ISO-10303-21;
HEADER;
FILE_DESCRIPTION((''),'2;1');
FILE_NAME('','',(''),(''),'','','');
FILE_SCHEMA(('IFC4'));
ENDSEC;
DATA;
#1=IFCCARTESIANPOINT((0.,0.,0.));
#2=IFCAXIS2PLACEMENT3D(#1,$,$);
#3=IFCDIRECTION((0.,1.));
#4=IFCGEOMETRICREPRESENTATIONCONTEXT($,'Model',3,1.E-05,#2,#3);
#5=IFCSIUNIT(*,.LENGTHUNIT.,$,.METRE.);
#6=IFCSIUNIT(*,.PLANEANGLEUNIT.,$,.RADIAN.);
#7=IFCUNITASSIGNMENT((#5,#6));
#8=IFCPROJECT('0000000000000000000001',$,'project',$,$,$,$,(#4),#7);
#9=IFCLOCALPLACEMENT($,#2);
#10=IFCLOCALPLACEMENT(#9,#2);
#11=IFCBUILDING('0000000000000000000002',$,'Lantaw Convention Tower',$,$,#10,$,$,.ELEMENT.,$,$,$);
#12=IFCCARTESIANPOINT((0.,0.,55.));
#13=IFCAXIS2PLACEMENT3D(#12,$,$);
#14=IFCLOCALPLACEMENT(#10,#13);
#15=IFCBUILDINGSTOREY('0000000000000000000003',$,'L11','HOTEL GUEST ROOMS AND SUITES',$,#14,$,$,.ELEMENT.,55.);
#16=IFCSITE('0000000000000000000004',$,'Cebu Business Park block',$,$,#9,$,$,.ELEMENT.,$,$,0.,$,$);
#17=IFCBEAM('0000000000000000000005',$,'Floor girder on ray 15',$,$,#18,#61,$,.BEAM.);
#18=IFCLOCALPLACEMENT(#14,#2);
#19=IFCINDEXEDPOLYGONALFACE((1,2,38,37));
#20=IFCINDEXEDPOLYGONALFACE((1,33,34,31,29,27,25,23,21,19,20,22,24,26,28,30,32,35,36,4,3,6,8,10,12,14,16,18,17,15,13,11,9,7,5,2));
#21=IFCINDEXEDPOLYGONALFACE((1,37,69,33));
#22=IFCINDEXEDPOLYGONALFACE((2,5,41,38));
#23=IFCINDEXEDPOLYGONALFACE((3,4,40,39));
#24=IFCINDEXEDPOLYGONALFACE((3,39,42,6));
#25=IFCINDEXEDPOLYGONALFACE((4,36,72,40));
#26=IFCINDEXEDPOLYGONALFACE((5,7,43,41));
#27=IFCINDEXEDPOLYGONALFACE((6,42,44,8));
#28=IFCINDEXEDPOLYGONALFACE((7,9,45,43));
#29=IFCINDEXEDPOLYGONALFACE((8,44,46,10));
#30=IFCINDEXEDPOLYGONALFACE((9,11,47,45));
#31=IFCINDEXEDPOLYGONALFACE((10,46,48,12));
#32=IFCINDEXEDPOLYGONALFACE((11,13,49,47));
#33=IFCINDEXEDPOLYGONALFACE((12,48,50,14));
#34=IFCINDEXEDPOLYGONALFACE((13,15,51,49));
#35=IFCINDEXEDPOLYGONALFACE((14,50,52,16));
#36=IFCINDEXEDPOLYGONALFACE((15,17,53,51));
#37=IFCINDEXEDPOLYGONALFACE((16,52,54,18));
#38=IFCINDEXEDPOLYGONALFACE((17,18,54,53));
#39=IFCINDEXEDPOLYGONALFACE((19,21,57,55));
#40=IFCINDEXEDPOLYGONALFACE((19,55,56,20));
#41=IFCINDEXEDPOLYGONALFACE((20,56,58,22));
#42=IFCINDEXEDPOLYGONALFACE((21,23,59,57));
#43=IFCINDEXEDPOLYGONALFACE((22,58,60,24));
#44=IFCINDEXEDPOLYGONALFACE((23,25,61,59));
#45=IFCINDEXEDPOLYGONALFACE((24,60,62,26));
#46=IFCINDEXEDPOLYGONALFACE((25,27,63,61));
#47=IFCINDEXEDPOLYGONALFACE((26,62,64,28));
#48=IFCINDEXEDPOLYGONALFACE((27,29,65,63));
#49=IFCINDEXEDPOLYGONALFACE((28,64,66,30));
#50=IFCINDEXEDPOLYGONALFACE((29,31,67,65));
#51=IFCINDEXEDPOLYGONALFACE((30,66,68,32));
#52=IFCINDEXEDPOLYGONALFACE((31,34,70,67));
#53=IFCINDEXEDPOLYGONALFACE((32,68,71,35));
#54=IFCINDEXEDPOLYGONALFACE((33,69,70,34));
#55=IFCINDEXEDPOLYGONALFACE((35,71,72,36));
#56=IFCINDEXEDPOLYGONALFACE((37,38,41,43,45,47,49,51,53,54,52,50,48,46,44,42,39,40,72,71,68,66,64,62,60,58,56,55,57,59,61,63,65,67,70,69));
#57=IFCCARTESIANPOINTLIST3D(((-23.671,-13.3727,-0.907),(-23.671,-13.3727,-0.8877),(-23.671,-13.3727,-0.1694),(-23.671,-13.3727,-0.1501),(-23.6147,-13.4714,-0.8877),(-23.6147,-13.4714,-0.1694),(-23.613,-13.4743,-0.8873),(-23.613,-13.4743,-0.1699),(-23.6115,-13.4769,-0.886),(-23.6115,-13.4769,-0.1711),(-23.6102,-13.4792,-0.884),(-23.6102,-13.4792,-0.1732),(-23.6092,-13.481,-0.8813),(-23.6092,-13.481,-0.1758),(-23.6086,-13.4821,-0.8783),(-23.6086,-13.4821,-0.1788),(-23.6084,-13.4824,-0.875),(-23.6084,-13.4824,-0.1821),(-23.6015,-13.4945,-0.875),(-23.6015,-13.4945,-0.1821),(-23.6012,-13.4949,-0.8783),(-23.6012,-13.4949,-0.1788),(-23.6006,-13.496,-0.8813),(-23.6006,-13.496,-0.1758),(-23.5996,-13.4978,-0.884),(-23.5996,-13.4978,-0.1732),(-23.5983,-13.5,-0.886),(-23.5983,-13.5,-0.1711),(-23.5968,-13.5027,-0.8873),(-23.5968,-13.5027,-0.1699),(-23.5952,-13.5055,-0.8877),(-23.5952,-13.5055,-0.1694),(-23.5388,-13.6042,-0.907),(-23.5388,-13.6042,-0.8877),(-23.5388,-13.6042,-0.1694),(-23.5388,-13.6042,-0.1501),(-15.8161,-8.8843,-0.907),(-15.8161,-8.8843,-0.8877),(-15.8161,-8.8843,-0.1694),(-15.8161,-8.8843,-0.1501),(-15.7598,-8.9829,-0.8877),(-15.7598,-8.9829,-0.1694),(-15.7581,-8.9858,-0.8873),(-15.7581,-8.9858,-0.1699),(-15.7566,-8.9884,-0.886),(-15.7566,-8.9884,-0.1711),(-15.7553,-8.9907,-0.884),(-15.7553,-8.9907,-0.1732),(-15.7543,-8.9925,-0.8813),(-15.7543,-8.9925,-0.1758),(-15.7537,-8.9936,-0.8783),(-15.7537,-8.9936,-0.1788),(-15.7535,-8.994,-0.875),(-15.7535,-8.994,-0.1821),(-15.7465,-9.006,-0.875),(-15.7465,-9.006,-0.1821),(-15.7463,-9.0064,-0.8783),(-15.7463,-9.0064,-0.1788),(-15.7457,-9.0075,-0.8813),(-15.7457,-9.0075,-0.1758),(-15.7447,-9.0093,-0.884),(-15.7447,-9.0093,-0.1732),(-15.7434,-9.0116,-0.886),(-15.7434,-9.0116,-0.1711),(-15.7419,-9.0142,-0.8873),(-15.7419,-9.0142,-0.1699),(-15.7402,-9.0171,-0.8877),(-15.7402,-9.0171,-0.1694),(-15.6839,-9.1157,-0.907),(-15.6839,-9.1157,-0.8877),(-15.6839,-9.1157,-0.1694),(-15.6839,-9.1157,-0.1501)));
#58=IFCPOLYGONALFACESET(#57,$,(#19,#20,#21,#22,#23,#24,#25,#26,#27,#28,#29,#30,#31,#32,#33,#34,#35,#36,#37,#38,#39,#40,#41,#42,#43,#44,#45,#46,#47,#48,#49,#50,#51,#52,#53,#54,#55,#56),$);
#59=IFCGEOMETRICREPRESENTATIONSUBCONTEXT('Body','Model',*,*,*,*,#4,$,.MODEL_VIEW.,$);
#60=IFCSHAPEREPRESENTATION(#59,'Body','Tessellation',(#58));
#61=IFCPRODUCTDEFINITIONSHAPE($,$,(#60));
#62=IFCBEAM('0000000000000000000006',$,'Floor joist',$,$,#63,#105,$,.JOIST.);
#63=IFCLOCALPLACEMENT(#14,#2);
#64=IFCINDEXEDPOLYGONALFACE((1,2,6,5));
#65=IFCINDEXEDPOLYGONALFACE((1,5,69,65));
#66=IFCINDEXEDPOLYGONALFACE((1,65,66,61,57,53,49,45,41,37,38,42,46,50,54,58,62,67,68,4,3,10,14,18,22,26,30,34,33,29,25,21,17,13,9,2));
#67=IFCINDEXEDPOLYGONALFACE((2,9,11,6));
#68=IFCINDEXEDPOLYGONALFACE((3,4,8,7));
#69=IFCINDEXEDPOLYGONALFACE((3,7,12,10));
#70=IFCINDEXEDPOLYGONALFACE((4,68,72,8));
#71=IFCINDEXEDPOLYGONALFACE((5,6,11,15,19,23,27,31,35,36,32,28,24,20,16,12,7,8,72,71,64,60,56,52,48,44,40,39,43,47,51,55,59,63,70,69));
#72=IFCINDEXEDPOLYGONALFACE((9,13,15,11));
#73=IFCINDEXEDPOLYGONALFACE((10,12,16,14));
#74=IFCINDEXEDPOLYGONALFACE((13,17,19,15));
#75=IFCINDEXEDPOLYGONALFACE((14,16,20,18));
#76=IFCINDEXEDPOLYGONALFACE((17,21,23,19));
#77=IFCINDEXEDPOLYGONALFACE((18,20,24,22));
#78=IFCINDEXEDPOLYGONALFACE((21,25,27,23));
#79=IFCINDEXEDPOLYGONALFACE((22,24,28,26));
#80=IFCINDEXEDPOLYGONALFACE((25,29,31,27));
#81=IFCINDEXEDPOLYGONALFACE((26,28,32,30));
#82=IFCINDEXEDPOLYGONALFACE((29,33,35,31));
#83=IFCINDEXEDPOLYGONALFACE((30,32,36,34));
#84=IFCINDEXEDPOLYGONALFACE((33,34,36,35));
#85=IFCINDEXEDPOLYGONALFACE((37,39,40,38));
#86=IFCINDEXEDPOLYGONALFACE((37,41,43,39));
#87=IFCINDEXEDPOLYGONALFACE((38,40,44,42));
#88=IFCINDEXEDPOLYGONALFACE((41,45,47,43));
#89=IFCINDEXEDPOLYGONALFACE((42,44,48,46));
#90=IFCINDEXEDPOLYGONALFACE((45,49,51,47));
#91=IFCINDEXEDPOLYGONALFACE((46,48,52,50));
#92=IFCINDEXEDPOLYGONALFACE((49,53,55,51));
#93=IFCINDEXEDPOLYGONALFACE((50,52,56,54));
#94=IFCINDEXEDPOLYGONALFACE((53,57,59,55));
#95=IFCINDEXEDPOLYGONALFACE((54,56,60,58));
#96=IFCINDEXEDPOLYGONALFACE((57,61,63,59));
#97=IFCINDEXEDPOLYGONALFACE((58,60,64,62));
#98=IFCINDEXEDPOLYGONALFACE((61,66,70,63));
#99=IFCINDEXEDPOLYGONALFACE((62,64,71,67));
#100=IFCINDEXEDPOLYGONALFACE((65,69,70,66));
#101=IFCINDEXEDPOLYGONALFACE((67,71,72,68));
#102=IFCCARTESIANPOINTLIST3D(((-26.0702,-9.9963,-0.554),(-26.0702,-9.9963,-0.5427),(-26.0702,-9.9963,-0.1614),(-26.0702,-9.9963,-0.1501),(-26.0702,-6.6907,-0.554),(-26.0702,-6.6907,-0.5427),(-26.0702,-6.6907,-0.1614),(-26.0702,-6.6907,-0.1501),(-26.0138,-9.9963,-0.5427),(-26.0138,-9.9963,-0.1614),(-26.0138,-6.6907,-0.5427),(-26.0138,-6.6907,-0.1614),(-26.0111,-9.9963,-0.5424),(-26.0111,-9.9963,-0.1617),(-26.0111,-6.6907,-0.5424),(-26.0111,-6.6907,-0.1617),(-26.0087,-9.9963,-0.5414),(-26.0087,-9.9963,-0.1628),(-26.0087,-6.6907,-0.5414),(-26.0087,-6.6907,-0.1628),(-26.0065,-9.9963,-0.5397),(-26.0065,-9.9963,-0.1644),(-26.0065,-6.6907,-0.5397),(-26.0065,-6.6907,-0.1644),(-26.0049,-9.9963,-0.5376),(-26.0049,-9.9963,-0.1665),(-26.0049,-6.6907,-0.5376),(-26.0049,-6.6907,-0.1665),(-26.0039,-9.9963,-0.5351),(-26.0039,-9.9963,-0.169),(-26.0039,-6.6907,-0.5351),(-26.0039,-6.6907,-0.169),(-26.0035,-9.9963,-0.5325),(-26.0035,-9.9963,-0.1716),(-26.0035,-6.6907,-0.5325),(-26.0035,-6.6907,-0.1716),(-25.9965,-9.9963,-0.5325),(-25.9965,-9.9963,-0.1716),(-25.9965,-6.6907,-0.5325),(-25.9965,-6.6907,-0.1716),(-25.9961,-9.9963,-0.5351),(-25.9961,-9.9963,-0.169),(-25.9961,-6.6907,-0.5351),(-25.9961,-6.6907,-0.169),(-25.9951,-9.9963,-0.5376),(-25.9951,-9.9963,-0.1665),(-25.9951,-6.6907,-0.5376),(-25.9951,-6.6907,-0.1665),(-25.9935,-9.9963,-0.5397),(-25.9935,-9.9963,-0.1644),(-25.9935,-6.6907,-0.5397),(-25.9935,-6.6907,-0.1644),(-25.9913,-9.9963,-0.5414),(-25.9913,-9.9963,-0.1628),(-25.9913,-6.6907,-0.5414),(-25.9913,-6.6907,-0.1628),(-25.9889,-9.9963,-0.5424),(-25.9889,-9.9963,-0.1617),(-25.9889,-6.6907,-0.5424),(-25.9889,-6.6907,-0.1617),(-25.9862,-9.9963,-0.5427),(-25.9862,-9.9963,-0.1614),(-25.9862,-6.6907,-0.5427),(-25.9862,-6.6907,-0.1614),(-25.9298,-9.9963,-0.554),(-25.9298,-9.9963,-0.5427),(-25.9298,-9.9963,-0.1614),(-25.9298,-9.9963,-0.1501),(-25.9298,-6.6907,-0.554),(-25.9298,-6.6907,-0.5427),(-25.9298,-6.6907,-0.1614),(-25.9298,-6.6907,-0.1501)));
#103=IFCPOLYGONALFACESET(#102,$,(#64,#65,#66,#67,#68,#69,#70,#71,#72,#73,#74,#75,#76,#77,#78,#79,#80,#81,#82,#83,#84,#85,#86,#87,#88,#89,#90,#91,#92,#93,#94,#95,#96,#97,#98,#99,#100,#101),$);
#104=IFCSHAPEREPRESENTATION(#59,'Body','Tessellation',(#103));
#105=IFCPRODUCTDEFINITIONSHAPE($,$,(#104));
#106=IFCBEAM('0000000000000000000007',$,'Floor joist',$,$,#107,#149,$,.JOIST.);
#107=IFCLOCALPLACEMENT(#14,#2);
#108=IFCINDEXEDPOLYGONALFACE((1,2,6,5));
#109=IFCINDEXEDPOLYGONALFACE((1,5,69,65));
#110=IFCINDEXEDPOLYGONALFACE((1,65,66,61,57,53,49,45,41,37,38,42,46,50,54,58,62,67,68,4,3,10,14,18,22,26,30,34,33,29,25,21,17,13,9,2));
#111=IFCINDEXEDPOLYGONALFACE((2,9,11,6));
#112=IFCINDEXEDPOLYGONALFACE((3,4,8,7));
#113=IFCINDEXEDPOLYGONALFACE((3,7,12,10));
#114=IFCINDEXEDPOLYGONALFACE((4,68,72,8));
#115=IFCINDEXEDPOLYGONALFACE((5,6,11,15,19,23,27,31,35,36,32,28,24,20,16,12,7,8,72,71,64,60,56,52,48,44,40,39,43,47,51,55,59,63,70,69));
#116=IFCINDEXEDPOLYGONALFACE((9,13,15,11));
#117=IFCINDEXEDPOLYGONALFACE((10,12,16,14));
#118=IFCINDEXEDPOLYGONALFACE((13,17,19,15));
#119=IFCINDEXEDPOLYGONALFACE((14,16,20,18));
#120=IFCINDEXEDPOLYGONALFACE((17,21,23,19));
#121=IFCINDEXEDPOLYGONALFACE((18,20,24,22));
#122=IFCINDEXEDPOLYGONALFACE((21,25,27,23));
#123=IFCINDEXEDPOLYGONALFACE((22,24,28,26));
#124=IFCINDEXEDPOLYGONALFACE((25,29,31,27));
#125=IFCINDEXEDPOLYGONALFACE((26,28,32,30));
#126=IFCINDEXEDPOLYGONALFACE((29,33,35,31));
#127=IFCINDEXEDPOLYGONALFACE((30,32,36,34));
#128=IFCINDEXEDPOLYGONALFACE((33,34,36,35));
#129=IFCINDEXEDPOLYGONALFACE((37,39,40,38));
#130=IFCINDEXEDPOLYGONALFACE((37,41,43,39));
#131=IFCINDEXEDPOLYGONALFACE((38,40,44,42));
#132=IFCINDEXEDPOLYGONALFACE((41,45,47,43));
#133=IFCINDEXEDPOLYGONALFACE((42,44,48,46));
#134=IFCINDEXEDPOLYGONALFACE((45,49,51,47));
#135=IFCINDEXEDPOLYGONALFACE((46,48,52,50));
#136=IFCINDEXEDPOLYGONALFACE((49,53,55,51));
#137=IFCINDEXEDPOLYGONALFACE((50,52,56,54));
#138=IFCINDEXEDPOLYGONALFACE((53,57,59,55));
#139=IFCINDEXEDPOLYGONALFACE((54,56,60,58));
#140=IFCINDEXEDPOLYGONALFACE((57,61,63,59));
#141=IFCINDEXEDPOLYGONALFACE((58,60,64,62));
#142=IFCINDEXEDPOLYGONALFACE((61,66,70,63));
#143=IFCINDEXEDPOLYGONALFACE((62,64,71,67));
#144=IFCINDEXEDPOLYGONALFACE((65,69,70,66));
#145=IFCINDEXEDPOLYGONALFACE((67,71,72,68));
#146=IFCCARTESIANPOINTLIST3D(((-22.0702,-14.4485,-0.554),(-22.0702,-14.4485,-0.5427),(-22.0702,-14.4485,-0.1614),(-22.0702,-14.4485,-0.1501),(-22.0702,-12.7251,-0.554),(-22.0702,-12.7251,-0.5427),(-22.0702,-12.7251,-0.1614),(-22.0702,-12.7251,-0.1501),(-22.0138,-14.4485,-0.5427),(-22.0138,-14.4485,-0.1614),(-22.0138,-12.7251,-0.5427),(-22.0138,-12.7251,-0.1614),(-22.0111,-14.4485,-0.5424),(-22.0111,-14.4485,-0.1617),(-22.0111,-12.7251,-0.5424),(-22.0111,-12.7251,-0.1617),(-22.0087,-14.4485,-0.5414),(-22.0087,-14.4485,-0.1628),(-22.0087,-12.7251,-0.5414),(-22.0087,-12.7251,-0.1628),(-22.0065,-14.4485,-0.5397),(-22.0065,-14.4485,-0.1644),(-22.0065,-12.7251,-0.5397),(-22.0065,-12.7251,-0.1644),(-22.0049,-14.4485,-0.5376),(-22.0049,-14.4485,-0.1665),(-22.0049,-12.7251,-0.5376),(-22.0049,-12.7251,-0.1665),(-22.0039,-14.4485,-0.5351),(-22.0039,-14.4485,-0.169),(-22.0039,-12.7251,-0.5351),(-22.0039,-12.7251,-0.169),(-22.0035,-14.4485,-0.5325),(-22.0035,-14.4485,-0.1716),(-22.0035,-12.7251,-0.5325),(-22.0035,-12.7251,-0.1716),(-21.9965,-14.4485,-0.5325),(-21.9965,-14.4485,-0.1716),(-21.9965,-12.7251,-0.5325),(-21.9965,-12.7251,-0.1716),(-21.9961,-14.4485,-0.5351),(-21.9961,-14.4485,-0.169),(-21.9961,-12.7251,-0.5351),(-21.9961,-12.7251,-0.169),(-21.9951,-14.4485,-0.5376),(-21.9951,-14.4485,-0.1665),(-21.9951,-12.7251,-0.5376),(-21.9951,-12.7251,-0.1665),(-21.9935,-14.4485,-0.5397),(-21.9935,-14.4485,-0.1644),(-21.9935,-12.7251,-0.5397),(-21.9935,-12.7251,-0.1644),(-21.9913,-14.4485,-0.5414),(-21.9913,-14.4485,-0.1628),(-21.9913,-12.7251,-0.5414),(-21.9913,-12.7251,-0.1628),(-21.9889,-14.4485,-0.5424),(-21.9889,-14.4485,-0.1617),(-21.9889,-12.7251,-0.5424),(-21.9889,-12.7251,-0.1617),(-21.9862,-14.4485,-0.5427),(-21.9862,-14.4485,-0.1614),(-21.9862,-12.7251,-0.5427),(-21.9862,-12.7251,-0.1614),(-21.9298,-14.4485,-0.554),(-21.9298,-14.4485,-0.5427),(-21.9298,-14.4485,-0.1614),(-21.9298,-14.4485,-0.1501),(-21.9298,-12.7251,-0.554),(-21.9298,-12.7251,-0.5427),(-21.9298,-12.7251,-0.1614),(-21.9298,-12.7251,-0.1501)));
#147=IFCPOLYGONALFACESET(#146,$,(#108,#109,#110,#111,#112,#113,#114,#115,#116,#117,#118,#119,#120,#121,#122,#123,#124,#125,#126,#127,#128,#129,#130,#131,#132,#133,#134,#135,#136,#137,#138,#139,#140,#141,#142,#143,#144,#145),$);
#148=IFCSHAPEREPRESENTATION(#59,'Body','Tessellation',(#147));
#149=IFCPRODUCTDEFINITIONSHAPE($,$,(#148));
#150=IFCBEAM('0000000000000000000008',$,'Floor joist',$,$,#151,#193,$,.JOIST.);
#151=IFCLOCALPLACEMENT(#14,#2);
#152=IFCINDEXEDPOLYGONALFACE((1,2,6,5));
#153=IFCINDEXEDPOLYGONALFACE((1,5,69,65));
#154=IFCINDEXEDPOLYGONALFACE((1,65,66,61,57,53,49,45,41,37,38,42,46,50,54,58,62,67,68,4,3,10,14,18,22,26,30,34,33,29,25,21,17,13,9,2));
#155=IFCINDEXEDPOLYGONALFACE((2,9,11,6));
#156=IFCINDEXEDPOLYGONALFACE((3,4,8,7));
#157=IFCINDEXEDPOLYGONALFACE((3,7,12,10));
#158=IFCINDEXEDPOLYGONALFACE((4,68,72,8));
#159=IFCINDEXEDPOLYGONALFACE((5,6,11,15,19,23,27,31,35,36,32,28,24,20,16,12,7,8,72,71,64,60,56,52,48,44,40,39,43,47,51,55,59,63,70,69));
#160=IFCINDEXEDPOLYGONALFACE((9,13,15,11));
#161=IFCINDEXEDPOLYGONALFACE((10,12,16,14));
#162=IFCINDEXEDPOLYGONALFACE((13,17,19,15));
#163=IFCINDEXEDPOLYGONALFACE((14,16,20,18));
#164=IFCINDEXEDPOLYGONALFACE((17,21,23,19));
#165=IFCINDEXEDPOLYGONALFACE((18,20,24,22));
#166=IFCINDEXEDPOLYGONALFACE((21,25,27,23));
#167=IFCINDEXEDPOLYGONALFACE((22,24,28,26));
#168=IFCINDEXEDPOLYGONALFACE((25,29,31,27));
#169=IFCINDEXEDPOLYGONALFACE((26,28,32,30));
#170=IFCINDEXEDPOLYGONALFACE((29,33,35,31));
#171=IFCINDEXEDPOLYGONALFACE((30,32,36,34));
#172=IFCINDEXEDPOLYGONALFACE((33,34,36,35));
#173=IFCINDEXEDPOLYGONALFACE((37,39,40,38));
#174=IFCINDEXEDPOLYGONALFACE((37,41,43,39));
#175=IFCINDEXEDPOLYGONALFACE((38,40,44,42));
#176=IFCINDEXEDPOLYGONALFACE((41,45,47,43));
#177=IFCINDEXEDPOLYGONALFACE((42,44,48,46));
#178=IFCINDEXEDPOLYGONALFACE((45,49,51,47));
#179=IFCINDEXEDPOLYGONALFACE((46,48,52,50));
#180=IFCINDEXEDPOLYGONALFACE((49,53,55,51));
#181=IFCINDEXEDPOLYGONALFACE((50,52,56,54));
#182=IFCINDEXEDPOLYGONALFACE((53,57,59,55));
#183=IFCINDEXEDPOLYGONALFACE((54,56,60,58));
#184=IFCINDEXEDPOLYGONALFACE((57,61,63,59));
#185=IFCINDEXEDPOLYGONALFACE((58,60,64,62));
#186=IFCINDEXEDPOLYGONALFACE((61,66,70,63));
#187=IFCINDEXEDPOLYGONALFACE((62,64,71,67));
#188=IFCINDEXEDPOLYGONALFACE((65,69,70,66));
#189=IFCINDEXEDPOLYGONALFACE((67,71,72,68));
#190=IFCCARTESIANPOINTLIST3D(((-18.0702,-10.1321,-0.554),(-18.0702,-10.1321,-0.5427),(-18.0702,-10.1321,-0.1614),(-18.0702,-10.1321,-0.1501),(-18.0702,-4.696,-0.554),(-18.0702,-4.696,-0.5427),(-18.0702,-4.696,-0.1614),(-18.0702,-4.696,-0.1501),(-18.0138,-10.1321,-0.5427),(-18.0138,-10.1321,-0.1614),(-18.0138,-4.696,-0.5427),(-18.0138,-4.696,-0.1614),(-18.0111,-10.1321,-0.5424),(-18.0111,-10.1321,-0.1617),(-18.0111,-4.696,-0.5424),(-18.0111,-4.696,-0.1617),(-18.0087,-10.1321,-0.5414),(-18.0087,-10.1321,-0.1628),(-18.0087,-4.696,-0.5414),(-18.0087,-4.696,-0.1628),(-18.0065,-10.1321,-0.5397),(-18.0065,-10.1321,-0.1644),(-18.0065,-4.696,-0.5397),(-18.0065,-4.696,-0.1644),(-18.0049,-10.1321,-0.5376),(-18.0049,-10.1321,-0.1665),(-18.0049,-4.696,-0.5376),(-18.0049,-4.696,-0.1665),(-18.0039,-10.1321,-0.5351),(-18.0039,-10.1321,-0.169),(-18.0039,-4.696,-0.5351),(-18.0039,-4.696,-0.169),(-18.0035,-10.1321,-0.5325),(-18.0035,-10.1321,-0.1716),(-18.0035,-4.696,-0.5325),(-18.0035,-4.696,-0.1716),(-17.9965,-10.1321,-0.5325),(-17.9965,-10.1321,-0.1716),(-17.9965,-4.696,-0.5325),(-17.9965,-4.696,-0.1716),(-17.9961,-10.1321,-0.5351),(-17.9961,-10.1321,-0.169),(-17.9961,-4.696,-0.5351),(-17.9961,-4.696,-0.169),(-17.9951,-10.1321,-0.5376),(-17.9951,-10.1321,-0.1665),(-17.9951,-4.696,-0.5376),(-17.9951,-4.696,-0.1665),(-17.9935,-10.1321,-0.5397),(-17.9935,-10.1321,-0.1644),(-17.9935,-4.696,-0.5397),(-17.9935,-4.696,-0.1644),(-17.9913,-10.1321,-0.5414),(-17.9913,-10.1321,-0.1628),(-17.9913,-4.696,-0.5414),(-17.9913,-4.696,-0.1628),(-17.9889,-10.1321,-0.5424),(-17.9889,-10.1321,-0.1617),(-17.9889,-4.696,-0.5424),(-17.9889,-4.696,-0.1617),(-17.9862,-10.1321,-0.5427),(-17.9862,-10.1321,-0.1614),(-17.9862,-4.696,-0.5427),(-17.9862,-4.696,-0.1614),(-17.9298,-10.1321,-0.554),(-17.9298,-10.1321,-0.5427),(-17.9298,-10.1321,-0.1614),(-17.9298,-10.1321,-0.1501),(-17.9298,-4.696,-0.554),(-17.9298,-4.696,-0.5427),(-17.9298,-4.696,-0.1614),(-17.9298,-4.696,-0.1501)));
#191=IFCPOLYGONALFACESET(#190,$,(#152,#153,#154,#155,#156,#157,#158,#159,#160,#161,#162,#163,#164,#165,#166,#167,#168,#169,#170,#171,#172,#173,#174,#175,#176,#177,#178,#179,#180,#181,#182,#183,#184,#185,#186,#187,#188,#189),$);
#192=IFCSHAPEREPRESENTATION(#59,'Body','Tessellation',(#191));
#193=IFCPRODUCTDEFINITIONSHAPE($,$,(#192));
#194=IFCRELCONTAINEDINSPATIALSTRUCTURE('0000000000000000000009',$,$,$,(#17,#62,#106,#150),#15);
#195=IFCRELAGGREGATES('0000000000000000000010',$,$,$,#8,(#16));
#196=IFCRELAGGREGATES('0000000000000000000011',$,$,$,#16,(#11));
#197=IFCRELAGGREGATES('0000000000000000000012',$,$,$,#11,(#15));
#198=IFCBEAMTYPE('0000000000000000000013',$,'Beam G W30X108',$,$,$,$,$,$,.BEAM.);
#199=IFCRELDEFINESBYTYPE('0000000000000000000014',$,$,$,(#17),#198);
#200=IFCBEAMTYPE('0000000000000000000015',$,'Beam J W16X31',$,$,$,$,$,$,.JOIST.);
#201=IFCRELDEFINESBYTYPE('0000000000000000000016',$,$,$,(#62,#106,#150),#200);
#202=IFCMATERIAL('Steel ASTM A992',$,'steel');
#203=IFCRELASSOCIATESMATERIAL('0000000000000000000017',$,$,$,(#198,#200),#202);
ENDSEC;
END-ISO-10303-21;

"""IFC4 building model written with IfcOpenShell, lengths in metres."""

from ifc_helpers import new_model, si_unit, direction, frame, origin, origin_2d, place, context, subcontext, project, spatial, i_section, extrude, material, material_profile, profile_set, type_object, element, save


model = new_model("IFC4")

# Units and contexts
model_context = context("Model", 3, precision=1e-05, world=origin(), true_north=direction((0.0, 1.0)))
body_context = subcontext(model_context, "Body", "Model", "MODEL_VIEW")
ifc_project = project(units=[si_unit("LENGTHUNIT", "METRE"), si_unit("PLANEANGLEUNIT", "RADIAN")], contexts=[model_context])

# Site, building, storey
site_placement = place(None, origin())
site = spatial("IfcSite", under=ifc_project, at=site_placement, Name="Cebu Business Park block", CompositionType="ELEMENT", RefElevation=0.0)
building_placement = place(site_placement, origin())
building = spatial("IfcBuilding", under=site, at=building_placement, Name="Lantaw Convention Tower", CompositionType="ELEMENT")
storey_placement = place(building_placement, frame((0.0, 0.0, 55.0)))
storey = spatial("IfcBuildingStorey", under=building, at=storey_placement, Name="L11", Description="HOTEL GUEST ROOMS AND SUITES", CompositionType="ELEMENT", Elevation=55.0)

# Beams
ifc_material_1 = material(Name="Steel ASTM A992", Category="steel")
ifc_material_profile_1 = material_profile(ifc_material_1, i_section(OverallWidth=0.2666, OverallDepth=0.7568, WebThickness=0.0139, FlangeThickness=0.0193, FilletRadius=0.0127, at=origin_2d()), Name="W30X108")
ifc_profile_set_1 = profile_set([ifc_material_profile_1], Name="Steel ASTM A992")
beam_type_1 = type_object("IfcBeamType", Name="Beam G W30X108", PredefinedType="BEAM", material=ifc_profile_set_1)
beam_1_placement = place(storey_placement, frame((-15.75, -9.0, -0.5286), z_axis=(-0.868245, -0.496136, 0.0), x_axis=(0.496136, -0.868245, 0.0)))
element("IfcBeam", 1, at=beam_1_placement, inside=storey, type_object=beam_type_1, Name="Floor girder on ray 15", PredefinedType="BEAM", context=body_context, shape_type="SweptSolid", body=[
    extrude(i_section(OverallWidth=0.2666, OverallDepth=0.7568, WebThickness=0.0139, FlangeThickness=0.0193, FilletRadius=0.0127, at=origin_2d()), origin(), (0.0, 0.0, 1.0), 9.0469),
])
ifc_material_profile_2 = material_profile(ifc_material_1, i_section(OverallWidth=0.1404, OverallDepth=0.4038, WebThickness=0.0071, FlangeThickness=0.0112, FilletRadius=0.0103, at=origin_2d()), Name="W16X31")
ifc_profile_set_2 = profile_set([ifc_material_profile_2], Name="Steel ASTM A992")
beam_type_2 = type_object("IfcBeamType", Name="Beam J W16X31", PredefinedType="JOIST", material=ifc_profile_set_2)
beam_2_placement = place(storey_placement, frame((-26.0, -9.9963, -0.3521), z_axis=(0.0, 1.0, 0.0), x_axis=(-1.0, 0.0, 0.0)))
element("IfcBeam", 2, at=beam_2_placement, inside=storey, type_object=beam_type_2, Name="Floor joist", PredefinedType="JOIST", context=body_context, shape_type="SweptSolid", body=[
    extrude(i_section(OverallWidth=0.1404, OverallDepth=0.4038, WebThickness=0.0071, FlangeThickness=0.0112, FilletRadius=0.0103, at=origin_2d()), origin(), (0.0, 0.0, 1.0), 3.3057),
])
beam_3_placement = place(storey_placement, frame((-22.0, -14.4485, -0.3521), z_axis=(0.0, 1.0, 0.0), x_axis=(-1.0, 0.0, 0.0)))
element("IfcBeam", 3, at=beam_3_placement, inside=storey, type_object=beam_type_2, Name="Floor joist", PredefinedType="JOIST", context=body_context, shape_type="SweptSolid", body=[
    extrude(i_section(OverallWidth=0.1404, OverallDepth=0.4038, WebThickness=0.0071, FlangeThickness=0.0112, FilletRadius=0.0103, at=origin_2d()), origin(), (0.0, 0.0, 1.0), 1.7234),
])
beam_4_placement = place(storey_placement, frame((-18.0, -10.1321, -0.3521), z_axis=(0.0, 1.0, 0.0), x_axis=(-1.0, 0.0, 0.0)))
element("IfcBeam", 4, at=beam_4_placement, inside=storey, type_object=beam_type_2, Name="Floor joist", PredefinedType="JOIST", context=body_context, shape_type="SweptSolid", body=[
    extrude(i_section(OverallWidth=0.1404, OverallDepth=0.4038, WebThickness=0.0071, FlangeThickness=0.0112, FilletRadius=0.0103, at=origin_2d()), origin(), (0.0, 0.0, 1.0), 5.436),
])

save(model, "model.ifc")
